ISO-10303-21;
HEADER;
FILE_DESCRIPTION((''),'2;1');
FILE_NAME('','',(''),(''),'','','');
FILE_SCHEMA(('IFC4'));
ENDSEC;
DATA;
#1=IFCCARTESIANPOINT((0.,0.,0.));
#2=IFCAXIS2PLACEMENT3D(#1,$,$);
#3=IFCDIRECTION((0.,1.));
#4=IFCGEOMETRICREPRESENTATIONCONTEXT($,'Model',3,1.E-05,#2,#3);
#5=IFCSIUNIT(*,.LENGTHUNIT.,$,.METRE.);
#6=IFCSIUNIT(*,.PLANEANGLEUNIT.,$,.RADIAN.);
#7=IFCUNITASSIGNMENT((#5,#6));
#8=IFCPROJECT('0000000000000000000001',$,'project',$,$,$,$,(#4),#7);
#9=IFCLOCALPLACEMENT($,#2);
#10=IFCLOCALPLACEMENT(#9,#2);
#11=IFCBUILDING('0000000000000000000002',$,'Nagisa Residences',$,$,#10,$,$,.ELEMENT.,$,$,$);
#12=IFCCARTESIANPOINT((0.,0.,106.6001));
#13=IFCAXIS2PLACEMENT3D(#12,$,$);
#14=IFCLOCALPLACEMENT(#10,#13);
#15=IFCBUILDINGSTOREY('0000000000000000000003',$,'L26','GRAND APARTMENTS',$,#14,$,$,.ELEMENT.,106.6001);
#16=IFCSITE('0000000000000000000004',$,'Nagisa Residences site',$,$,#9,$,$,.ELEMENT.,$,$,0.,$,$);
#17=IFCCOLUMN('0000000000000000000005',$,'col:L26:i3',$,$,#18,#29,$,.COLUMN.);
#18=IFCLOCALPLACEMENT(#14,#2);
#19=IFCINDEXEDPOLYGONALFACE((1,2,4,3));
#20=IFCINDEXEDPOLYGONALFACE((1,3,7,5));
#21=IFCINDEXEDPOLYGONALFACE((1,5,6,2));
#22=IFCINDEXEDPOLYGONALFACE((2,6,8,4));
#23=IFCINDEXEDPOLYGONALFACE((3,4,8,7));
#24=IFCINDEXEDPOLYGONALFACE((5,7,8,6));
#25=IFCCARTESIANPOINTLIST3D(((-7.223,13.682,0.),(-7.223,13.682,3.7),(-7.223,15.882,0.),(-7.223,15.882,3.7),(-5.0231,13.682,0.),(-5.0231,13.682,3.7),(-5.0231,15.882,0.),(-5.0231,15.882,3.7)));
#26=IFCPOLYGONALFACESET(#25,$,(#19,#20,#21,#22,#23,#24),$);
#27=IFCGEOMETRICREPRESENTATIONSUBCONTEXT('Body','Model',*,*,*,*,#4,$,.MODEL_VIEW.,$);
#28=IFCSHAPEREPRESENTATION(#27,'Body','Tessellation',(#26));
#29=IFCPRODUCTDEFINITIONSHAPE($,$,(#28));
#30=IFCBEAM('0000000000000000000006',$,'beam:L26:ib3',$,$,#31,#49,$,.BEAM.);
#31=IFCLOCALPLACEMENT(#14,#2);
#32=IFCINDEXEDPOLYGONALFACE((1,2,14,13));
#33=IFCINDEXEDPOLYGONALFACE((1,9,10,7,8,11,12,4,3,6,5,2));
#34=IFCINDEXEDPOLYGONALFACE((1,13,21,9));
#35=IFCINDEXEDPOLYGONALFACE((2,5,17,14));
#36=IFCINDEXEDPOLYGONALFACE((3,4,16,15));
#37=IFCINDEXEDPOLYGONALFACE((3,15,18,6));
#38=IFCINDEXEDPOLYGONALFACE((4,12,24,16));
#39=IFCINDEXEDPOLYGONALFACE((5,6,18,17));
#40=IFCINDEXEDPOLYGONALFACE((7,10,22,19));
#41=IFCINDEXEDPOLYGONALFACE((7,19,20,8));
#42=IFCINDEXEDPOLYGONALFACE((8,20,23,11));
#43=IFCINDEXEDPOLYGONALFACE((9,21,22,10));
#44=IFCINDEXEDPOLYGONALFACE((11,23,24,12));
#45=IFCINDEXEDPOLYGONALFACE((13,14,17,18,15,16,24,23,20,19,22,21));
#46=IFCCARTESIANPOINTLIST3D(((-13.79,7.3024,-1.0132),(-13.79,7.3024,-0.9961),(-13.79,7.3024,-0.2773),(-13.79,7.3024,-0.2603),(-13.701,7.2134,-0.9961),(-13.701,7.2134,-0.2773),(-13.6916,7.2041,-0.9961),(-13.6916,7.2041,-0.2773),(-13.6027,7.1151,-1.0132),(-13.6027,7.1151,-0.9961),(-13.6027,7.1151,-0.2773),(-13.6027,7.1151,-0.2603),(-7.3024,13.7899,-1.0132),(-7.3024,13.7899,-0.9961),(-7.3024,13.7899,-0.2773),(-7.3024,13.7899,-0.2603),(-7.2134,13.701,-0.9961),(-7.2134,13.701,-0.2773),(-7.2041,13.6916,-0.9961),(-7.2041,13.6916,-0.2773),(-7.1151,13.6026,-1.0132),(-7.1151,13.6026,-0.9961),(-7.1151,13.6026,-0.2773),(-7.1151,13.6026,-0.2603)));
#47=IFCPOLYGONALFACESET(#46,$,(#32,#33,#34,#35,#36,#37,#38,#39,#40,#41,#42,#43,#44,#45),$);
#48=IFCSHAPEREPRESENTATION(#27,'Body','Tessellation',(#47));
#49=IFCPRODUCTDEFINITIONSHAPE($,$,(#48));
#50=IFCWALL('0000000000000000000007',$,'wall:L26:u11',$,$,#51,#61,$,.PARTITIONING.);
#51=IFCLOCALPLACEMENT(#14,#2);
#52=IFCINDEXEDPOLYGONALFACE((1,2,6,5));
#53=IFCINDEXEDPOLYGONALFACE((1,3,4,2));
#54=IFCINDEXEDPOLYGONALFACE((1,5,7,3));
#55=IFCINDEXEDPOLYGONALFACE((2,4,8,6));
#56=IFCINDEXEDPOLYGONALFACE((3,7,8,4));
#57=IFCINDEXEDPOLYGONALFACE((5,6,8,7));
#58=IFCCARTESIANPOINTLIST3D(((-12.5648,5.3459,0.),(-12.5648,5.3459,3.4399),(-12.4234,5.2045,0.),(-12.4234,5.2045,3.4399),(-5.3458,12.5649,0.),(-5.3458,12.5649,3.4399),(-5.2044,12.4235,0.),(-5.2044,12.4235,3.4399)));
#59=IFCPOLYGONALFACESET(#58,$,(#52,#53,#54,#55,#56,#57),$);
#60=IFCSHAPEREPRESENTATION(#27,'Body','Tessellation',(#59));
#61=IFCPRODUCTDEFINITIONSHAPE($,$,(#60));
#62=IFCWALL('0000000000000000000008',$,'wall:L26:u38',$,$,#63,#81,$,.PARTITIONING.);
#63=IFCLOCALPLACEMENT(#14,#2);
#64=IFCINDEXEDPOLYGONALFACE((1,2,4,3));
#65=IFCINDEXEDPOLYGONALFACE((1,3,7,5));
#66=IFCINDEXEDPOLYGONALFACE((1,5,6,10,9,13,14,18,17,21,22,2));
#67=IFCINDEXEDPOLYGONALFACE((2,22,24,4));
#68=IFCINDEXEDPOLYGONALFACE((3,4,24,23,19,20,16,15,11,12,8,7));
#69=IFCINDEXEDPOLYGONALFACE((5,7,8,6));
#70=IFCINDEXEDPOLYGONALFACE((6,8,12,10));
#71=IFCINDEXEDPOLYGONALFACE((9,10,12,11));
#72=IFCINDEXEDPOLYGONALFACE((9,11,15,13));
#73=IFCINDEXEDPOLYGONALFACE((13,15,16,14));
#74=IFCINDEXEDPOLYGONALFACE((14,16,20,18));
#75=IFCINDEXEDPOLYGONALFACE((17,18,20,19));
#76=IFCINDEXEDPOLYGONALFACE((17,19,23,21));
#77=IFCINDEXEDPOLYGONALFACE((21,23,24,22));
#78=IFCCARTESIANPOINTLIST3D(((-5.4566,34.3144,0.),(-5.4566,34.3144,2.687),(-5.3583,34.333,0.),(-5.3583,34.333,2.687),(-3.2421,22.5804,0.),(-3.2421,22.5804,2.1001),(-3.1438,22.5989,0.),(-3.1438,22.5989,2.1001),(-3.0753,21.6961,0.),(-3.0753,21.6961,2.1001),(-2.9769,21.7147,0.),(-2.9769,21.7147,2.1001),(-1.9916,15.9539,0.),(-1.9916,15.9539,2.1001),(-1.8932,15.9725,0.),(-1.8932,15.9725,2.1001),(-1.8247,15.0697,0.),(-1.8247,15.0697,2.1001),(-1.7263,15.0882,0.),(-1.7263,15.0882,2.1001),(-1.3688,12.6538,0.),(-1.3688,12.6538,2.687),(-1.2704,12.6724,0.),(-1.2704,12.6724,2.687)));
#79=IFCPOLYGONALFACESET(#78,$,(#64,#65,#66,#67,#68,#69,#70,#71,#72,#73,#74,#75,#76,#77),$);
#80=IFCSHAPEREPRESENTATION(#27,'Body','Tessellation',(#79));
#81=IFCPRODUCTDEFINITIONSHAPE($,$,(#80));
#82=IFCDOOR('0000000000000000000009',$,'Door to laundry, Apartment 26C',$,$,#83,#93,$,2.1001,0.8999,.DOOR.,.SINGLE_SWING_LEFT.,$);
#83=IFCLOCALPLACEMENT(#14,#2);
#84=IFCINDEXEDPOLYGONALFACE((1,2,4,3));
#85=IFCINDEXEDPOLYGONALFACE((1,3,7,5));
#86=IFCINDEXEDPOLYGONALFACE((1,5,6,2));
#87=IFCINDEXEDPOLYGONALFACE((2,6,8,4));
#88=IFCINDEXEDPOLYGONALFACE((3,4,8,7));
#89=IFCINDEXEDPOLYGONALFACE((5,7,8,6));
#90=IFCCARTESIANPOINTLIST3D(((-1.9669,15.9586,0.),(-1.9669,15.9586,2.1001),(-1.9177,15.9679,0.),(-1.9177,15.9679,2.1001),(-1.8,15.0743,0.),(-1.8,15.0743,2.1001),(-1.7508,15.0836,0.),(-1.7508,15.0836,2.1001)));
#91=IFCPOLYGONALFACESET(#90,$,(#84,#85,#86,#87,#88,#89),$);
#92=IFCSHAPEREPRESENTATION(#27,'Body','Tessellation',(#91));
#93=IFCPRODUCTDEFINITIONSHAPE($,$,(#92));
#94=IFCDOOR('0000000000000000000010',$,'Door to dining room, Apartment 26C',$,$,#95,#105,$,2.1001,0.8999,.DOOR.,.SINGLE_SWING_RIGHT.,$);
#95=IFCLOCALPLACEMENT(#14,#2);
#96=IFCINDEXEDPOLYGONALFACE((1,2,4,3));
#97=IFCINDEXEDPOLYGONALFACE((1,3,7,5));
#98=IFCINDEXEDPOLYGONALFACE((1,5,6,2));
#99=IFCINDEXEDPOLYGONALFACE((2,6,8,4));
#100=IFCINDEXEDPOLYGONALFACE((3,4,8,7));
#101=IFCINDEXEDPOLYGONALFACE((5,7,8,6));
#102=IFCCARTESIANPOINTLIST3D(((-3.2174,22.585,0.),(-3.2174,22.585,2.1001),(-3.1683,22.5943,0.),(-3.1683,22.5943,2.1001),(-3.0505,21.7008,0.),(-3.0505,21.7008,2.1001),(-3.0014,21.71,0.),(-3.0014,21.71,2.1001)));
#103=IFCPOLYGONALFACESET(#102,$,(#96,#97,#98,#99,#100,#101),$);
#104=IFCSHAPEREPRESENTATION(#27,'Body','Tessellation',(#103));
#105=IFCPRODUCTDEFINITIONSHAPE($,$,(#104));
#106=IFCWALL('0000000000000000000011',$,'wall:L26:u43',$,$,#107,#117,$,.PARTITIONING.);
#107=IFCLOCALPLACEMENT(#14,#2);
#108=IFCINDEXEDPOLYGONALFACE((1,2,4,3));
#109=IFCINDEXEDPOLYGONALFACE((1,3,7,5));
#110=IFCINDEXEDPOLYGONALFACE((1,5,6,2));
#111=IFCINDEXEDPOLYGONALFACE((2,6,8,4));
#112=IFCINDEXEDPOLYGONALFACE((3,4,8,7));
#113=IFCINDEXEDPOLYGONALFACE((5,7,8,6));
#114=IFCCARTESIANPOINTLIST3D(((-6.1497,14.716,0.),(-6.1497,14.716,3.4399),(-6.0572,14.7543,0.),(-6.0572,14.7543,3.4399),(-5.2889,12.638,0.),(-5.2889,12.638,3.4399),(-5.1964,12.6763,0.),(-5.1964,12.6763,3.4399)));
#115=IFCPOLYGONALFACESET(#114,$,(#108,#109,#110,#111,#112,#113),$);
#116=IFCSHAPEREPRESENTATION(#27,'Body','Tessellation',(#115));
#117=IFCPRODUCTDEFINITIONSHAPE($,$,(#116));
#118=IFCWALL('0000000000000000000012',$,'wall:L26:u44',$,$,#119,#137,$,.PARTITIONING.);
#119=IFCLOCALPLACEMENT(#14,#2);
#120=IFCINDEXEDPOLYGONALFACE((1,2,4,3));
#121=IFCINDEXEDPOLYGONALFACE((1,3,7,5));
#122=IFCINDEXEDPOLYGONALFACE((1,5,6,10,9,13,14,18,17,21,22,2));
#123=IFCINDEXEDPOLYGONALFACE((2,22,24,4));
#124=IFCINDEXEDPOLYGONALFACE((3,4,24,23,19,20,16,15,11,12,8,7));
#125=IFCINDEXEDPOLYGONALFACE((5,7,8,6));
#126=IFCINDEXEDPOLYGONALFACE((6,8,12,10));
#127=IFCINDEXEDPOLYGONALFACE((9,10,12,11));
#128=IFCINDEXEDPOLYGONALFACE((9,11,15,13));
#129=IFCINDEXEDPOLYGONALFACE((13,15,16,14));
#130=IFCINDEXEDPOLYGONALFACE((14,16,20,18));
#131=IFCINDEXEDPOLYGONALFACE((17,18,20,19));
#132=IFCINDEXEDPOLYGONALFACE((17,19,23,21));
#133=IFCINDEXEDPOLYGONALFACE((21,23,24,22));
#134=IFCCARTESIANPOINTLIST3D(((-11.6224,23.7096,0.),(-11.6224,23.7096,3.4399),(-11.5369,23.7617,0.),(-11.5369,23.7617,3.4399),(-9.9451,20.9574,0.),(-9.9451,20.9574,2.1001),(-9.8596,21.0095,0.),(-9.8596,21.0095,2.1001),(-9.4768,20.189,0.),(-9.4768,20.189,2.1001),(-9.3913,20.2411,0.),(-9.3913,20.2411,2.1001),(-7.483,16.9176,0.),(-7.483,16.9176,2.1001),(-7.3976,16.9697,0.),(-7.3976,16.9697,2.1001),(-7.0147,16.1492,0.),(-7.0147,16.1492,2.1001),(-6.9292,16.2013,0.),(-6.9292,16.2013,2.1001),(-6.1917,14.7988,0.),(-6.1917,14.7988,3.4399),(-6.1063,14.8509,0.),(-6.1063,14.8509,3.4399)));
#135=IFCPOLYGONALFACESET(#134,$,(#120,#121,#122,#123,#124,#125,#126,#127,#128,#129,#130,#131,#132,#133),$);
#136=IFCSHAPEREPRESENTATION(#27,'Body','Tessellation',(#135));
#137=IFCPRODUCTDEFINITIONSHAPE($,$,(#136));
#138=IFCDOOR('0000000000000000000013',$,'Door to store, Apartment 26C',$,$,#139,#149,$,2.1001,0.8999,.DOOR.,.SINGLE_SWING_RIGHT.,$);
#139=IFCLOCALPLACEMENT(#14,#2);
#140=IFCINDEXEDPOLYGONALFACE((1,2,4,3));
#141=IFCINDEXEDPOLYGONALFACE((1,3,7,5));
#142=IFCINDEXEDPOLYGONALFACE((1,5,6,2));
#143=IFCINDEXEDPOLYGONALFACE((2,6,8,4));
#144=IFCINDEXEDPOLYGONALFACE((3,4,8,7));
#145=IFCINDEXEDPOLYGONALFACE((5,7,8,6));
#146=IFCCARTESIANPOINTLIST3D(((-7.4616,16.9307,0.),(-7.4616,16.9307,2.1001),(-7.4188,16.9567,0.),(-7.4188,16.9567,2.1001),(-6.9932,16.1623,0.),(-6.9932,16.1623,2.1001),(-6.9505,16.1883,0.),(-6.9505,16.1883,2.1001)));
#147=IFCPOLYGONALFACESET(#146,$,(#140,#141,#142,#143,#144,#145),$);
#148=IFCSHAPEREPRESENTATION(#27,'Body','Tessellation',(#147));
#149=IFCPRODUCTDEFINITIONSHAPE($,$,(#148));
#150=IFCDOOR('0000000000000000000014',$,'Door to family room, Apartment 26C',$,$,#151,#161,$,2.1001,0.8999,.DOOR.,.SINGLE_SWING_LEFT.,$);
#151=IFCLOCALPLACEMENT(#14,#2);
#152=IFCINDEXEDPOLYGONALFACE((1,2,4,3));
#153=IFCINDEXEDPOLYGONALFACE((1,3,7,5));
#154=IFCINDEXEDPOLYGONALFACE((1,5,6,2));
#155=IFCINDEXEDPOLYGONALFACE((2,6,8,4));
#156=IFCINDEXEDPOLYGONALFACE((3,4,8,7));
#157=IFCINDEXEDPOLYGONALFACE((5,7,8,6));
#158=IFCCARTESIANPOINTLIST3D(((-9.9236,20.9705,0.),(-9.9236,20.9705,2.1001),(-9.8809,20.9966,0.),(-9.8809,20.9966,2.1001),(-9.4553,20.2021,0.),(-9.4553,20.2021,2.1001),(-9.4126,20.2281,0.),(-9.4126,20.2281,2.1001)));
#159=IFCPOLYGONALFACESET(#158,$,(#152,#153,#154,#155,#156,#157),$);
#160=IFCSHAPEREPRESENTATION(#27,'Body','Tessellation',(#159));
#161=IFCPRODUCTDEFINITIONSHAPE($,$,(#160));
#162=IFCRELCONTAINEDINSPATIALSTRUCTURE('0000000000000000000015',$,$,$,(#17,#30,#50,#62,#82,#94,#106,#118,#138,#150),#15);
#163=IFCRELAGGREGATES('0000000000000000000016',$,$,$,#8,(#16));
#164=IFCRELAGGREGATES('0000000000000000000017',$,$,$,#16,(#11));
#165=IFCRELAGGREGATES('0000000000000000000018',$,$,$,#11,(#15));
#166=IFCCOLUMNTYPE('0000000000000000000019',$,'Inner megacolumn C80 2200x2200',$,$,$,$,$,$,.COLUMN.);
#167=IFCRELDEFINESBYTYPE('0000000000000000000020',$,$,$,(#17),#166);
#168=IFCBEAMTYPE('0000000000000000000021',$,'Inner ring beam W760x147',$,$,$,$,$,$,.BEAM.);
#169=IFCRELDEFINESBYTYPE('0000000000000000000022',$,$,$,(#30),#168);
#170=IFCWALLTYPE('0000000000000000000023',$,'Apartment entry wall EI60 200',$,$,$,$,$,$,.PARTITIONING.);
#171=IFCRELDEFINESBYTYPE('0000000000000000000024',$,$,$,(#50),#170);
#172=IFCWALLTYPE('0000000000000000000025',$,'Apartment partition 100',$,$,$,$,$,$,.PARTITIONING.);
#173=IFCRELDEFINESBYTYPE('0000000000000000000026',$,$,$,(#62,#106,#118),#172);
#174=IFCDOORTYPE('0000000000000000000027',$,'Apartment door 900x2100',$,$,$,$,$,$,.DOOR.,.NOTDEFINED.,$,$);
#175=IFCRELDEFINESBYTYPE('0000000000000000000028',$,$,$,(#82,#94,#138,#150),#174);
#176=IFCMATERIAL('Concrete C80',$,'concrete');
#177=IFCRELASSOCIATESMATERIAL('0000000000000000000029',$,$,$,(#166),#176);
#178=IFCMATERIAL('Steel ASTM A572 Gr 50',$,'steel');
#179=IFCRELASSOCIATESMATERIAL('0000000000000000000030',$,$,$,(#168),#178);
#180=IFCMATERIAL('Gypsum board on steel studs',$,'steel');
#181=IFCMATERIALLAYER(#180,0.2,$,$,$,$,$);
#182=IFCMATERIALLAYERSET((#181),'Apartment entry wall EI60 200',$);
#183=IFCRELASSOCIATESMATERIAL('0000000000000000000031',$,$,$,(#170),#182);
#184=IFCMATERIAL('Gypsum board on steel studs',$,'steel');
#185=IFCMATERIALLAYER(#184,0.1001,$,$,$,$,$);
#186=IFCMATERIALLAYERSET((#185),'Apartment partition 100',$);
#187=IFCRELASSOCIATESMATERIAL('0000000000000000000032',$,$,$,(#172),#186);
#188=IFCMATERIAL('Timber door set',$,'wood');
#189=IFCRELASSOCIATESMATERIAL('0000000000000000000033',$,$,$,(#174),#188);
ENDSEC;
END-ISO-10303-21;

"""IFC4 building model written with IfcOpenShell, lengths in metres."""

from ifc_helpers import new_model, si_unit, direction, frame, frame_2d, origin, origin_2d, place, context, subcontext, project, spatial, rectangle, i_section, extrude, material, layer, layer_set, material_profile, profile_set, type_object, element, fill, save


model = new_model("IFC4")

# Units and contexts
model_context = context("Model", 3, precision=1e-05, world=origin(), true_north=direction((0.0, 1.0)))
body_context = subcontext(model_context, "Body", "Model", "MODEL_VIEW")
ifc_project = project(units=[si_unit("LENGTHUNIT", "METRE"), si_unit("PLANEANGLEUNIT", "RADIAN")], contexts=[model_context])

# Site, building, storey
site_placement = place(None, origin())
site = spatial("IfcSite", under=ifc_project, at=site_placement, Name="Nagisa Residences site", CompositionType="ELEMENT", RefElevation=0.0)
building_placement = place(site_placement, origin())
building = spatial("IfcBuilding", under=site, at=building_placement, Name="Nagisa Residences", CompositionType="ELEMENT")
storey_placement = place(building_placement, frame((0.0, 0.0, 106.6001)))
storey = spatial("IfcBuildingStorey", under=building, at=storey_placement, Name="L26", Description="GRAND APARTMENTS", CompositionType="ELEMENT", Elevation=106.6001)

# Column
ifc_material_1 = material(Name="Concrete C80", Category="concrete")
ifc_material_profile_1 = material_profile(ifc_material_1, rectangle(XDim=2.2, YDim=2.2, at=origin_2d()), Name="C80 2200x2200")
ifc_profile_set_1 = profile_set([ifc_material_profile_1], Name="Concrete C80")
column_type = type_object("IfcColumnType", Name="Inner megacolumn C80 2200x2200", PredefinedType="COLUMN", material=ifc_profile_set_1)
column_placement = place(storey_placement, frame((-6.123, 14.782, 0.0), z_axis=(0.0, 0.0, 1.0), x_axis=(1.0, 0.0, 0.0)))
element("IfcColumn", 1, at=column_placement, inside=storey, type_object=column_type, Name="col:L26:i3", PredefinedType="COLUMN", context=body_context, shape_type="SweptSolid", body=[
    extrude(rectangle(XDim=2.2, YDim=2.2, at=origin_2d()), origin(), (0.0, 0.0, 1.0), 3.7),
])

# Beam
ifc_material_2 = material(Name="Steel ASTM A572 Gr 50", Category="steel")
ifc_material_profile_2 = material_profile(ifc_material_2, i_section(OverallWidth=0.2649, OverallDepth=0.7529, WebThickness=0.0132, FlangeThickness=0.0171, at=origin_2d()), Name="W760x147")
ifc_profile_set_2 = profile_set([ifc_material_profile_2], Name="Steel ASTM A572 Gr 50")
beam_type = type_object("IfcBeamType", Name="Inner ring beam W760x147", PredefinedType="BEAM", material=ifc_profile_set_2)
beam_placement = place(storey_placement, frame((-7.2087, 13.6963, -0.6367), z_axis=(-0.707107, -0.707107, 0.0), x_axis=(0.707107, -0.707107, 0.0)))
element("IfcBeam", 2, at=beam_placement, inside=storey, type_object=beam_type, Name="beam:L26:ib3", PredefinedType="BEAM", context=body_context, shape_type="SweptSolid", body=[
    extrude(i_section(OverallWidth=0.2649, OverallDepth=0.7529, WebThickness=0.0132, FlangeThickness=0.0171, at=origin_2d()), origin(), (0.0, 0.0, 1.0), 9.1748),
])

# Wall
ifc_material_3 = material(Name="Gypsum board on steel studs", Category="steel")
ifc_layer_1 = layer(ifc_material_3, 0.2)
ifc_layer_set_1 = layer_set([ifc_layer_1], Name="Apartment entry wall EI60 200")
wall_type_1 = type_object("IfcWallType", Name="Apartment entry wall EI60 200", PredefinedType="PARTITIONING", material=ifc_layer_set_1)
wall_1_placement = place(storey_placement, frame((-5.2751, 12.4941, 0.0), z_axis=(0.0, 0.0, 1.0), x_axis=(-0.707107, -0.707107, 0.0)))
element("IfcWall", 3, at=wall_1_placement, inside=storey, type_object=wall_type_1, Name="wall:L26:u11", PredefinedType="PARTITIONING", context=body_context, shape_type="SweptSolid", body=[
    extrude(rectangle(XDim=10.2092, YDim=0.2, at=frame_2d((5.1045, 0.0))), origin(), (0.0, 0.0, 1.0), 3.4399),
])

# Wall, openings, doors
ifc_material_4 = material(Name="Gypsum board on steel studs", Category="steel")
ifc_layer_2 = layer(ifc_material_4, 0.1001)
ifc_layer_set_2 = layer_set([ifc_layer_2], Name="Apartment partition 100")
wall_type_2 = type_object("IfcWallType", Name="Apartment partition 100", PredefinedType="PARTITIONING", material=ifc_layer_set_2)
wall_2_placement = place(storey_placement, frame((-1.3196, 12.6631, 0.0), z_axis=(0.0, 0.0, 1.0), x_axis=(-0.185451, 0.982654, 0.0)))
wall_2 = element("IfcWall", 4, at=wall_2_placement, inside=storey, type_object=wall_type_2, Name="wall:L26:u38", PredefinedType="PARTITIONING", context=body_context, shape_type="SweptSolid", body=[
    extrude(rectangle(XDim=22.043, YDim=0.1001, at=frame_2d((11.0215, 0.0))), origin(), (0.0, 0.0, 1.0), 2.687),
])
opening_1_placement = place(wall_2_placement, frame((2.4585, 0.0, 0.0)))
opening_1 = element("IfcOpeningElement", 5, at=opening_1_placement, cuts=wall_2, PredefinedType="OPENING", context=body_context, shape_type="SweptSolid", body=[
    extrude(rectangle(XDim=0.8999, YDim=2.1001, at=frame_2d((0.45, 1.05))), frame((0.0, 0.0601, 0.0), z_axis=(0.0, -1.0, 0.0), x_axis=(1.0, 0.0, 0.0)), (0.0, 0.0, 1.0), 0.1201),
])
opening_2_placement = place(wall_2_placement, frame((9.2019, 0.0, 0.0)))
opening_2 = element("IfcOpeningElement", 6, at=opening_2_placement, cuts=wall_2, PredefinedType="OPENING", context=body_context, shape_type="SweptSolid", body=[
    extrude(rectangle(XDim=0.8999, YDim=2.1001, at=frame_2d((0.45, 1.05))), frame((0.0, 0.0601, 0.0), z_axis=(0.0, -1.0, 0.0), x_axis=(1.0, 0.0, 0.0)), (0.0, 0.0, 1.0), 0.1201),
])
ifc_material_5 = material(Name="Timber door set", Category="wood")
door_type_1 = type_object("IfcDoorType", Name="Apartment door 900x2100", OperationType="NOTDEFINED", PredefinedType="DOOR", material=ifc_material_5)
door_1_placement = place(opening_1_placement, origin())
door_1 = element("IfcDoor", 7, at=door_1_placement, inside=storey, type_object=door_type_1, Name="Door to laundry, Apartment 26C", OperationType="SINGLE_SWING_LEFT", OverallHeight=2.1001, OverallWidth=0.8999, PredefinedType="DOOR", context=body_context, shape_type="SweptSolid", body=[
    extrude(rectangle(XDim=0.8999, YDim=2.1001, at=frame_2d((0.45, 1.05))), frame((0.0, 0.0249, 0.0), z_axis=(0.0, -1.0, 0.0), x_axis=(1.0, 0.0, 0.0)), (0.0, 0.0, 1.0), 0.05),
])
fill(opening_1, door_1)
door_2_placement = place(opening_2_placement, origin())
door_2 = element("IfcDoor", 8, at=door_2_placement, inside=storey, type_object=door_type_1, Name="Door to dining room, Apartment 26C", OperationType="SINGLE_SWING_RIGHT", OverallHeight=2.1001, OverallWidth=0.8999, PredefinedType="DOOR", context=body_context, shape_type="SweptSolid", body=[
    extrude(rectangle(XDim=0.8999, YDim=2.1001, at=frame_2d((0.45, 1.05))), frame((0.0, 0.0249, 0.0), z_axis=(0.0, -1.0, 0.0), x_axis=(1.0, 0.0, 0.0)), (0.0, 0.0, 1.0), 0.05),
])
fill(opening_2, door_2)

# Wall
wall_3_placement = place(storey_placement, frame((-5.2427, 12.6572, 0.0), z_axis=(0.0, 0.0, 1.0), x_axis=(-0.382703, 0.923871, 0.0)))
element("IfcWall", 9, at=wall_3_placement, inside=storey, type_object=wall_type_2, Name="wall:L26:u43", PredefinedType="PARTITIONING", context=body_context, shape_type="SweptSolid", body=[
    extrude(rectangle(XDim=2.2493, YDim=0.1001, at=frame_2d((1.1245, 0.0))), origin(), (0.0, 0.0, 1.0), 3.4399),
])

# Wall, openings, doors
wall_4_placement = place(storey_placement, frame((-6.1489, 14.8247, 0.0), z_axis=(0.0, 0.0, 1.0), x_axis=(-0.520411, 0.853916, 0.0)))
wall_4 = element("IfcWall", 10, at=wall_4_placement, inside=storey, type_object=wall_type_2, Name="wall:L26:u44", PredefinedType="PARTITIONING", context=body_context, shape_type="SweptSolid", body=[
    extrude(rectangle(XDim=10.4353, YDim=0.1001, at=frame_2d((5.2178, 0.0))), origin(), (0.0, 0.0, 1.0), 3.4399),
])
opening_3_placement = place(wall_4_placement, frame((1.5815, 0.0, 0.0)))
opening_3 = element("IfcOpeningElement", 11, at=opening_3_placement, cuts=wall_4, PredefinedType="OPENING", context=body_context, shape_type="SweptSolid", body=[
    extrude(rectangle(XDim=0.8999, YDim=2.1001, at=frame_2d((0.45, 1.05))), frame((0.0, 0.0601, 0.0), z_axis=(0.0, -1.0, 0.0), x_axis=(1.0, 0.0, 0.0)), (0.0, 0.0, 1.0), 0.1201),
])
opening_4_placement = place(wall_4_placement, frame((6.3125, 0.0, 0.0)))
opening_4 = element("IfcOpeningElement", 12, at=opening_4_placement, cuts=wall_4, PredefinedType="OPENING", context=body_context, shape_type="SweptSolid", body=[
    extrude(rectangle(XDim=0.8999, YDim=2.1001, at=frame_2d((0.45, 1.05))), frame((0.0, 0.0601, 0.0), z_axis=(0.0, -1.0, 0.0), x_axis=(1.0, 0.0, 0.0)), (0.0, 0.0, 1.0), 0.1201),
])
door_3_placement = place(opening_3_placement, origin())
door_3 = element("IfcDoor", 13, at=door_3_placement, inside=storey, type_object=door_type_1, Name="Door to store, Apartment 26C", OperationType="SINGLE_SWING_RIGHT", OverallHeight=2.1001, OverallWidth=0.8999, PredefinedType="DOOR", context=body_context, shape_type="SweptSolid", body=[
    extrude(rectangle(XDim=0.8999, YDim=2.1001, at=frame_2d((0.45, 1.05))), frame((0.0, 0.0249, 0.0), z_axis=(0.0, -1.0, 0.0), x_axis=(1.0, 0.0, 0.0)), (0.0, 0.0, 1.0), 0.05),
])
fill(opening_3, door_3)
door_4_placement = place(opening_4_placement, origin())
door_4 = element("IfcDoor", 14, at=door_4_placement, inside=storey, type_object=door_type_1, Name="Door to family room, Apartment 26C", OperationType="SINGLE_SWING_LEFT", OverallHeight=2.1001, OverallWidth=0.8999, PredefinedType="DOOR", context=body_context, shape_type="SweptSolid", body=[
    extrude(rectangle(XDim=0.8999, YDim=2.1001, at=frame_2d((0.45, 1.05))), frame((0.0, 0.0249, 0.0), z_axis=(0.0, -1.0, 0.0), x_axis=(1.0, 0.0, 0.0)), (0.0, 0.0, 1.0), 0.05),
])
fill(opening_4, door_4)

save(model, "model.ifc")
